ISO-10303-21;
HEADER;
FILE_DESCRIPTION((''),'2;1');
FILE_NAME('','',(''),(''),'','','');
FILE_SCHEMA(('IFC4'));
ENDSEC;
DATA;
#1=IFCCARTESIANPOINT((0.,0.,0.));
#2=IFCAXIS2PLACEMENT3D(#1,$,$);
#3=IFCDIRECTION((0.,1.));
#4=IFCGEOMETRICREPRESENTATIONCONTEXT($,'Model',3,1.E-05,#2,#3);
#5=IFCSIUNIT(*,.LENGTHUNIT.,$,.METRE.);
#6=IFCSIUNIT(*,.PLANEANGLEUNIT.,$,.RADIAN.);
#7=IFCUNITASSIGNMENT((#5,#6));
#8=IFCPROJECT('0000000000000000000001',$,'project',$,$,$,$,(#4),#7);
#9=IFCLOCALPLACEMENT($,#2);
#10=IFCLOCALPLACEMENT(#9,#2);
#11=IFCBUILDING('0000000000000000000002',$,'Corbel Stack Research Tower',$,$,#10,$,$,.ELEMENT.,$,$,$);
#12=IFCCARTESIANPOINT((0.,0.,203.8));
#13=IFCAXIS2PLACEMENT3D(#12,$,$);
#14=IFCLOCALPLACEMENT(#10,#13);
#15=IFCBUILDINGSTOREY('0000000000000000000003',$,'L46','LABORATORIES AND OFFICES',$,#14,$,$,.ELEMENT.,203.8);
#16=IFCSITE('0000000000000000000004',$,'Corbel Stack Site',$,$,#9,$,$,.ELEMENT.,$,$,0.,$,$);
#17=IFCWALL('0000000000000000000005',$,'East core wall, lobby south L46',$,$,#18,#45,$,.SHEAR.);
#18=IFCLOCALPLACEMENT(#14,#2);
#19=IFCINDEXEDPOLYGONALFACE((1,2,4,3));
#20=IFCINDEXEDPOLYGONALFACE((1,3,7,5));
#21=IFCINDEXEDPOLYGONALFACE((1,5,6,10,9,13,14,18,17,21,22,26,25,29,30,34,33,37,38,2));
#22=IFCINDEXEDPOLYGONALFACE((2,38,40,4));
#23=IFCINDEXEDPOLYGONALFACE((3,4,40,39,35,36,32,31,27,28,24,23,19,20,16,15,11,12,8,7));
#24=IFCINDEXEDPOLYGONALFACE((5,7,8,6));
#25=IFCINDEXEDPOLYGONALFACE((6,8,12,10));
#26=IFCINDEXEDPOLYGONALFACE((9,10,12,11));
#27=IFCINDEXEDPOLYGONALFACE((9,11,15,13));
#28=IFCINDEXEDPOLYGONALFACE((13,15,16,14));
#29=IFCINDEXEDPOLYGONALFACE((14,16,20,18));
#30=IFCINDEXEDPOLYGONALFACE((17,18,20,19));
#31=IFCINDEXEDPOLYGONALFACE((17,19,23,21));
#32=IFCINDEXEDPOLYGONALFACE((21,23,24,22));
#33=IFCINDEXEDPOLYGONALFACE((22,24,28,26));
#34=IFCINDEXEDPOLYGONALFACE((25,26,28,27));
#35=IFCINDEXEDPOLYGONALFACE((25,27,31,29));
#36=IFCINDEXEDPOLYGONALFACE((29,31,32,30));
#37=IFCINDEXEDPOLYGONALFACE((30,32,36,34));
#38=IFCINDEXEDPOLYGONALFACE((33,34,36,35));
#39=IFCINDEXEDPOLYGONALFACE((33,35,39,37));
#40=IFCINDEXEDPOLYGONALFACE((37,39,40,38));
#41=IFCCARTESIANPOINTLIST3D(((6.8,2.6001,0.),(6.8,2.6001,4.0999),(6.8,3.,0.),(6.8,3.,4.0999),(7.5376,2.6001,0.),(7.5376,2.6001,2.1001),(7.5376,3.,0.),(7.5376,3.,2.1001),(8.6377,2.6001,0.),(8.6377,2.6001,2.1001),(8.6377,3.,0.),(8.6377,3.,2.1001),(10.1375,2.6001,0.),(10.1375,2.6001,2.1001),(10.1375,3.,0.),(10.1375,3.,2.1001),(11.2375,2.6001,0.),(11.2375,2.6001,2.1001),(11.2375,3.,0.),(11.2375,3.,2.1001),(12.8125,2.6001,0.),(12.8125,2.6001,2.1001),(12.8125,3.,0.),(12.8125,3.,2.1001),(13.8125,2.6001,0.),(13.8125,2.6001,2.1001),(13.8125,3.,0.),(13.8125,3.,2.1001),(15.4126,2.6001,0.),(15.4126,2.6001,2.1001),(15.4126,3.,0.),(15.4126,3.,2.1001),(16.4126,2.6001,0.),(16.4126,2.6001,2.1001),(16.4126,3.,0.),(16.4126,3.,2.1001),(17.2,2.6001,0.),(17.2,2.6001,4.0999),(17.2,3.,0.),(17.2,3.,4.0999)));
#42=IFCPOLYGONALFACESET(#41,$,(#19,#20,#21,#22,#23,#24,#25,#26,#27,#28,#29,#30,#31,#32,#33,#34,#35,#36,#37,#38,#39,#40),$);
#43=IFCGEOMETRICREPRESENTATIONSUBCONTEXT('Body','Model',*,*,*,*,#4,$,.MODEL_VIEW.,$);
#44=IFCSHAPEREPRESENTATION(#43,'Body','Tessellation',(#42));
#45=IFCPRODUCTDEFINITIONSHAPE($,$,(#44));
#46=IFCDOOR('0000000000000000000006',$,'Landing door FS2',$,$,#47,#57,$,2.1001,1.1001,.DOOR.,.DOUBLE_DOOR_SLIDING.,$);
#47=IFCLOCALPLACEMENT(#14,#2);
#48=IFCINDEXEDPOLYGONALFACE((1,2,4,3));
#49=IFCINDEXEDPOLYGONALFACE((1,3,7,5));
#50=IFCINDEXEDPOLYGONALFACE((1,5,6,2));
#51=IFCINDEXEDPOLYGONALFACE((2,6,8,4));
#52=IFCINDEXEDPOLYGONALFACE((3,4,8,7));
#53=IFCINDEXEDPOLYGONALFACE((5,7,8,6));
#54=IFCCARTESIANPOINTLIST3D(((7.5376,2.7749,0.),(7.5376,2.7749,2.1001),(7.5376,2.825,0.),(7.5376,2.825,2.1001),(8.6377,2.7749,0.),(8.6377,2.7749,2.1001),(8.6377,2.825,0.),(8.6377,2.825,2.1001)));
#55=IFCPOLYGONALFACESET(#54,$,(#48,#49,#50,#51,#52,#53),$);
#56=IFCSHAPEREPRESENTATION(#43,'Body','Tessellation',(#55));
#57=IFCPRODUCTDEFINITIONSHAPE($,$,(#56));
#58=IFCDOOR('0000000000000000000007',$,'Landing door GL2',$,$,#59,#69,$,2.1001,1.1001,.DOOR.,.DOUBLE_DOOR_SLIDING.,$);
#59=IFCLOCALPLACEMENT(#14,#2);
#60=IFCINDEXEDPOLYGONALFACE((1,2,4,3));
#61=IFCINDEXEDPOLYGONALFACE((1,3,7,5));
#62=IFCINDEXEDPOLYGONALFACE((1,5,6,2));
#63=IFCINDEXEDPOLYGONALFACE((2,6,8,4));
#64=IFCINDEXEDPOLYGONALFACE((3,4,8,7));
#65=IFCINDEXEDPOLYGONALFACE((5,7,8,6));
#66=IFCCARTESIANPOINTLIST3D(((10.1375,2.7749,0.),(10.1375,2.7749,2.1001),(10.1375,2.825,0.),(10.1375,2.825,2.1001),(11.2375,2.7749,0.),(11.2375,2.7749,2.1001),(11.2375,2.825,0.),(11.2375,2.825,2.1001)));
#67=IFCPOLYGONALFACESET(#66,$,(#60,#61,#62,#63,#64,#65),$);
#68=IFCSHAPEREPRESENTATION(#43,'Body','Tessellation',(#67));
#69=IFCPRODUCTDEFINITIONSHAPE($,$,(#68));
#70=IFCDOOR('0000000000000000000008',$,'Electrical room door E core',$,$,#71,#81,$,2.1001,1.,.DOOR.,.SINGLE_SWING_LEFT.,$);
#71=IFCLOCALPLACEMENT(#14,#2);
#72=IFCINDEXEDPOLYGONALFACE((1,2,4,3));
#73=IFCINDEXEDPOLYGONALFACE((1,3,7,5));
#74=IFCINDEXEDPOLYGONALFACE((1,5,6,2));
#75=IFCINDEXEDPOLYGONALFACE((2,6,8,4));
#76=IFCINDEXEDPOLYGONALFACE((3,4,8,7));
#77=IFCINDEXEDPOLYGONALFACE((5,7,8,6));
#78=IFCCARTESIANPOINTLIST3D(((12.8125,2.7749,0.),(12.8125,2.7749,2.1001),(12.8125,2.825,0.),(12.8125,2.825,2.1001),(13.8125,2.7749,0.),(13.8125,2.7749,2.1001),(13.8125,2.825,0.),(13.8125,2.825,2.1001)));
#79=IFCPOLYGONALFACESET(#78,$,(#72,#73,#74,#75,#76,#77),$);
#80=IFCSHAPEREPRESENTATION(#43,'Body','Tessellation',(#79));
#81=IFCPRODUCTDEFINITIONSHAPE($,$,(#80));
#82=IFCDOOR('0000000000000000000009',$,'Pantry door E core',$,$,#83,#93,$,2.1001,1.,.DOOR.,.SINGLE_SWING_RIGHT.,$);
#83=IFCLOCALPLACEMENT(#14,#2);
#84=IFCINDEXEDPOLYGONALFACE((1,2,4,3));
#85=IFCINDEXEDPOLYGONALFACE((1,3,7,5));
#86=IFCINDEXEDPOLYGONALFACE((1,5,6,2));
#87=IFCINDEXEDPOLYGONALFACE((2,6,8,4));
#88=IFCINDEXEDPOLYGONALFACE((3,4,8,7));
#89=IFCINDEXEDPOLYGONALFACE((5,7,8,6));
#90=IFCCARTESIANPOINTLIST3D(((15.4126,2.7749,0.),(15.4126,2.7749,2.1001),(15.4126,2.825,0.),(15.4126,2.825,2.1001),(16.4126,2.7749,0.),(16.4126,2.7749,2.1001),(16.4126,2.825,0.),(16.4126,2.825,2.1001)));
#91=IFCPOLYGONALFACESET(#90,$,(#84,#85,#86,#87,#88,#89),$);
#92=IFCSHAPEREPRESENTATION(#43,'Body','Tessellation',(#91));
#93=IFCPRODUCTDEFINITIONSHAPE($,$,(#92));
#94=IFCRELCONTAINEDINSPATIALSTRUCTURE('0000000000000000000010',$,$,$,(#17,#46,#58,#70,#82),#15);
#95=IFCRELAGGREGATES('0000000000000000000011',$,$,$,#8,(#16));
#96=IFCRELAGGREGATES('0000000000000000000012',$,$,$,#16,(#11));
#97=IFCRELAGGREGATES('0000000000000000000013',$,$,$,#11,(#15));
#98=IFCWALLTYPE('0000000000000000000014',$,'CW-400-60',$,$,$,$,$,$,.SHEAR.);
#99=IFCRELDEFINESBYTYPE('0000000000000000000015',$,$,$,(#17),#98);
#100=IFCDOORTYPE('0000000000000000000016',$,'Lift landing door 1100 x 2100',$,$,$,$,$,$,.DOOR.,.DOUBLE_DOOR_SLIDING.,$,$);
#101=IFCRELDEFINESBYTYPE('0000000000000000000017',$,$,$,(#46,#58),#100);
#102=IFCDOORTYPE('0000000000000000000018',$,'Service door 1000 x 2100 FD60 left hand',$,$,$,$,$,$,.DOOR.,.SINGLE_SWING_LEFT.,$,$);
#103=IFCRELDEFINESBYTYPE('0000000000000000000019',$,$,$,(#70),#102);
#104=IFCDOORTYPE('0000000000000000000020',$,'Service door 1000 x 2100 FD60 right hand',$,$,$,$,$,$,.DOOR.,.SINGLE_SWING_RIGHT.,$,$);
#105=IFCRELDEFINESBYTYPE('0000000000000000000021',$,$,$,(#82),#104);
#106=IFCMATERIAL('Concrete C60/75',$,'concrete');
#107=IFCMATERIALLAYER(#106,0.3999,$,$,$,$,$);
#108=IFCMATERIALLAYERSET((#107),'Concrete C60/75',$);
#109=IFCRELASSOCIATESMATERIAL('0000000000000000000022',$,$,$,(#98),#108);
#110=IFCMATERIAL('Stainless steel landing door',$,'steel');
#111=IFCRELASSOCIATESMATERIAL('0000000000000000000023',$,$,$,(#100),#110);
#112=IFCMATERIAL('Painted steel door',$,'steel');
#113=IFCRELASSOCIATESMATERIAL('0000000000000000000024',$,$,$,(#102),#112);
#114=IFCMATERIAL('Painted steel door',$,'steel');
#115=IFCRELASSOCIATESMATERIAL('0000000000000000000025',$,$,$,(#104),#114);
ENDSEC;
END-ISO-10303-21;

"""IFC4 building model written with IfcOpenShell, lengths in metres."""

from ifc_helpers import new_model, si_unit, direction, frame, frame_2d, origin, place, context, subcontext, project, spatial, rectangle, extrude, material, layer, layer_set, type_object, element, fill, save


model = new_model("IFC4")

# Units and contexts
model_context = context("Model", 3, precision=1e-05, world=origin(), true_north=direction((0.0, 1.0)))
body_context = subcontext(model_context, "Body", "Model", "MODEL_VIEW")
ifc_project = project(units=[si_unit("LENGTHUNIT", "METRE"), si_unit("PLANEANGLEUNIT", "RADIAN")], contexts=[model_context])

# Site, building, storey
site_placement = place(None, origin())
site = spatial("IfcSite", under=ifc_project, at=site_placement, Name="Corbel Stack Site", CompositionType="ELEMENT", RefElevation=0.0)
building_placement = place(site_placement, origin())
building = spatial("IfcBuilding", under=site, at=building_placement, Name="Corbel Stack Research Tower", CompositionType="ELEMENT")
storey_placement = place(building_placement, frame((0.0, 0.0, 203.8)))
storey = spatial("IfcBuildingStorey", under=building, at=storey_placement, Name="L46", Description="LABORATORIES AND OFFICES", CompositionType="ELEMENT", Elevation=203.8)

# Wall, openings, doors
ifc_material_1 = material(Name="Concrete C60/75", Category="concrete")
ifc_layer_1 = layer(ifc_material_1, 0.3999)
ifc_layer_set_1 = layer_set([ifc_layer_1], Name="Concrete C60/75")
wall_type_1 = type_object("IfcWallType", Name="CW-400-60", PredefinedType="SHEAR", material=ifc_layer_set_1)
wall_1_placement = place(storey_placement, frame((6.8, 2.8, 0.0), z_axis=(0.0, 0.0, 1.0), x_axis=(1.0, 0.0, 0.0)))
wall_1 = element("IfcWall", 1, at=wall_1_placement, inside=storey, type_object=wall_type_1, Name="East core wall, lobby south L46", PredefinedType="SHEAR", context=body_context, shape_type="SweptSolid", body=[
    extrude(rectangle(XDim=10.3999, YDim=0.3999, at=frame_2d((5.2, 0.0))), origin(), (0.0, 0.0, 1.0), 4.0999),
])
opening_1_placement = place(wall_1_placement, frame((0.7375, 0.0, 0.0)))
opening_1 = element("IfcOpeningElement", 2, at=opening_1_placement, cuts=wall_1, PredefinedType="OPENING", context=body_context, shape_type="SweptSolid", body=[
    extrude(rectangle(XDim=1.1001, YDim=2.1001, at=frame_2d((0.55, 1.05))), frame((0.0, 0.21, 0.0), z_axis=(0.0, -1.0, 0.0), x_axis=(1.0, 0.0, 0.0)), (0.0, 0.0, 1.0), 0.4199),
])
opening_2_placement = place(wall_1_placement, frame((3.3374, 0.0, 0.0)))
opening_2 = element("IfcOpeningElement", 3, at=opening_2_placement, cuts=wall_1, PredefinedType="OPENING", context=body_context, shape_type="SweptSolid", body=[
    extrude(rectangle(XDim=1.1001, YDim=2.1001, at=frame_2d((0.55, 1.05))), frame((0.0, 0.21, 0.0), z_axis=(0.0, -1.0, 0.0), x_axis=(1.0, 0.0, 0.0)), (0.0, 0.0, 1.0), 0.4199),
])
opening_3_placement = place(wall_1_placement, frame((6.0125, 0.0, 0.0)))
opening_3 = element("IfcOpeningElement", 4, at=opening_3_placement, cuts=wall_1, PredefinedType="OPENING", context=body_context, shape_type="SweptSolid", body=[
    extrude(rectangle(XDim=1.0, YDim=2.1001, at=frame_2d((0.5, 1.05))), frame((0.0, 0.21, 0.0), z_axis=(0.0, -1.0, 0.0), x_axis=(1.0, 0.0, 0.0)), (0.0, 0.0, 1.0), 0.4199),
])
opening_4_placement = place(wall_1_placement, frame((8.6125, 0.0, 0.0)))
opening_4 = element("IfcOpeningElement", 5, at=opening_4_placement, cuts=wall_1, PredefinedType="OPENING", context=body_context, shape_type="SweptSolid", body=[
    extrude(rectangle(XDim=1.0, YDim=2.1001, at=frame_2d((0.5, 1.05))), frame((0.0, 0.21, 0.0), z_axis=(0.0, -1.0, 0.0), x_axis=(1.0, 0.0, 0.0)), (0.0, 0.0, 1.0), 0.4199),
])
ifc_material_2 = material(Name="Stainless steel landing door", Category="steel")
door_type_1 = type_object("IfcDoorType", Name="Lift landing door 1100 x 2100", OperationType="DOUBLE_DOOR_SLIDING", PredefinedType="DOOR", material=ifc_material_2)
door_1_placement = place(opening_1_placement, origin())
door_1 = element("IfcDoor", 6, at=door_1_placement, inside=storey, type_object=door_type_1, Name="Landing door FS2", OperationType="DOUBLE_DOOR_SLIDING", OverallHeight=2.1001, OverallWidth=1.1001, PredefinedType="DOOR", context=body_context, shape_type="SweptSolid", body=[
    extrude(rectangle(XDim=1.1001, YDim=2.1001, at=frame_2d((0.55, 1.05))), frame((0.0, 0.0249, 0.0), z_axis=(0.0, -1.0, 0.0), x_axis=(1.0, 0.0, 0.0)), (0.0, 0.0, 1.0), 0.05),
])
fill(opening_1, door_1)
door_2_placement = place(opening_2_placement, origin())
door_2 = element("IfcDoor", 7, at=door_2_placement, inside=storey, type_object=door_type_1, Name="Landing door GL2", OperationType="DOUBLE_DOOR_SLIDING", OverallHeight=2.1001, OverallWidth=1.1001, PredefinedType="DOOR", context=body_context, shape_type="SweptSolid", body=[
    extrude(rectangle(XDim=1.1001, YDim=2.1001, at=frame_2d((0.55, 1.05))), frame((0.0, 0.0249, 0.0), z_axis=(0.0, -1.0, 0.0), x_axis=(1.0, 0.0, 0.0)), (0.0, 0.0, 1.0), 0.05),
])
fill(opening_2, door_2)
ifc_material_3 = material(Name="Painted steel door", Category="steel")
door_type_2 = type_object("IfcDoorType", Name="Service door 1000 x 2100 FD60 left hand", OperationType="SINGLE_SWING_LEFT", PredefinedType="DOOR", material=ifc_material_3)
door_3_placement = place(opening_3_placement, origin())
door_3 = element("IfcDoor", 8, at=door_3_placement, inside=storey, type_object=door_type_2, Name="Electrical room door E core", OperationType="SINGLE_SWING_LEFT", OverallHeight=2.1001, OverallWidth=1.0, PredefinedType="DOOR", context=body_context, shape_type="SweptSolid", body=[
    extrude(rectangle(XDim=1.0, YDim=2.1001, at=frame_2d((0.5, 1.05))), frame((0.0, 0.0249, 0.0), z_axis=(0.0, -1.0, 0.0), x_axis=(1.0, 0.0, 0.0)), (0.0, 0.0, 1.0), 0.05),
])
fill(opening_3, door_3)
ifc_material_4 = material(Name="Painted steel door", Category="steel")
door_type_3 = type_object("IfcDoorType", Name="Service door 1000 x 2100 FD60 right hand", OperationType="SINGLE_SWING_RIGHT", PredefinedType="DOOR", material=ifc_material_4)
door_4_placement = place(opening_4_placement, origin())
door_4 = element("IfcDoor", 9, at=door_4_placement, inside=storey, type_object=door_type_3, Name="Pantry door E core", OperationType="SINGLE_SWING_RIGHT", OverallHeight=2.1001, OverallWidth=1.0, PredefinedType="DOOR", context=body_context, shape_type="SweptSolid", body=[
    extrude(rectangle(XDim=1.0, YDim=2.1001, at=frame_2d((0.5, 1.05))), frame((0.0, 0.0249, 0.0), z_axis=(0.0, -1.0, 0.0), x_axis=(1.0, 0.0, 0.0)), (0.0, 0.0, 1.0), 0.05),
])
fill(opening_4, door_4)

save(model, "model.ifc")
